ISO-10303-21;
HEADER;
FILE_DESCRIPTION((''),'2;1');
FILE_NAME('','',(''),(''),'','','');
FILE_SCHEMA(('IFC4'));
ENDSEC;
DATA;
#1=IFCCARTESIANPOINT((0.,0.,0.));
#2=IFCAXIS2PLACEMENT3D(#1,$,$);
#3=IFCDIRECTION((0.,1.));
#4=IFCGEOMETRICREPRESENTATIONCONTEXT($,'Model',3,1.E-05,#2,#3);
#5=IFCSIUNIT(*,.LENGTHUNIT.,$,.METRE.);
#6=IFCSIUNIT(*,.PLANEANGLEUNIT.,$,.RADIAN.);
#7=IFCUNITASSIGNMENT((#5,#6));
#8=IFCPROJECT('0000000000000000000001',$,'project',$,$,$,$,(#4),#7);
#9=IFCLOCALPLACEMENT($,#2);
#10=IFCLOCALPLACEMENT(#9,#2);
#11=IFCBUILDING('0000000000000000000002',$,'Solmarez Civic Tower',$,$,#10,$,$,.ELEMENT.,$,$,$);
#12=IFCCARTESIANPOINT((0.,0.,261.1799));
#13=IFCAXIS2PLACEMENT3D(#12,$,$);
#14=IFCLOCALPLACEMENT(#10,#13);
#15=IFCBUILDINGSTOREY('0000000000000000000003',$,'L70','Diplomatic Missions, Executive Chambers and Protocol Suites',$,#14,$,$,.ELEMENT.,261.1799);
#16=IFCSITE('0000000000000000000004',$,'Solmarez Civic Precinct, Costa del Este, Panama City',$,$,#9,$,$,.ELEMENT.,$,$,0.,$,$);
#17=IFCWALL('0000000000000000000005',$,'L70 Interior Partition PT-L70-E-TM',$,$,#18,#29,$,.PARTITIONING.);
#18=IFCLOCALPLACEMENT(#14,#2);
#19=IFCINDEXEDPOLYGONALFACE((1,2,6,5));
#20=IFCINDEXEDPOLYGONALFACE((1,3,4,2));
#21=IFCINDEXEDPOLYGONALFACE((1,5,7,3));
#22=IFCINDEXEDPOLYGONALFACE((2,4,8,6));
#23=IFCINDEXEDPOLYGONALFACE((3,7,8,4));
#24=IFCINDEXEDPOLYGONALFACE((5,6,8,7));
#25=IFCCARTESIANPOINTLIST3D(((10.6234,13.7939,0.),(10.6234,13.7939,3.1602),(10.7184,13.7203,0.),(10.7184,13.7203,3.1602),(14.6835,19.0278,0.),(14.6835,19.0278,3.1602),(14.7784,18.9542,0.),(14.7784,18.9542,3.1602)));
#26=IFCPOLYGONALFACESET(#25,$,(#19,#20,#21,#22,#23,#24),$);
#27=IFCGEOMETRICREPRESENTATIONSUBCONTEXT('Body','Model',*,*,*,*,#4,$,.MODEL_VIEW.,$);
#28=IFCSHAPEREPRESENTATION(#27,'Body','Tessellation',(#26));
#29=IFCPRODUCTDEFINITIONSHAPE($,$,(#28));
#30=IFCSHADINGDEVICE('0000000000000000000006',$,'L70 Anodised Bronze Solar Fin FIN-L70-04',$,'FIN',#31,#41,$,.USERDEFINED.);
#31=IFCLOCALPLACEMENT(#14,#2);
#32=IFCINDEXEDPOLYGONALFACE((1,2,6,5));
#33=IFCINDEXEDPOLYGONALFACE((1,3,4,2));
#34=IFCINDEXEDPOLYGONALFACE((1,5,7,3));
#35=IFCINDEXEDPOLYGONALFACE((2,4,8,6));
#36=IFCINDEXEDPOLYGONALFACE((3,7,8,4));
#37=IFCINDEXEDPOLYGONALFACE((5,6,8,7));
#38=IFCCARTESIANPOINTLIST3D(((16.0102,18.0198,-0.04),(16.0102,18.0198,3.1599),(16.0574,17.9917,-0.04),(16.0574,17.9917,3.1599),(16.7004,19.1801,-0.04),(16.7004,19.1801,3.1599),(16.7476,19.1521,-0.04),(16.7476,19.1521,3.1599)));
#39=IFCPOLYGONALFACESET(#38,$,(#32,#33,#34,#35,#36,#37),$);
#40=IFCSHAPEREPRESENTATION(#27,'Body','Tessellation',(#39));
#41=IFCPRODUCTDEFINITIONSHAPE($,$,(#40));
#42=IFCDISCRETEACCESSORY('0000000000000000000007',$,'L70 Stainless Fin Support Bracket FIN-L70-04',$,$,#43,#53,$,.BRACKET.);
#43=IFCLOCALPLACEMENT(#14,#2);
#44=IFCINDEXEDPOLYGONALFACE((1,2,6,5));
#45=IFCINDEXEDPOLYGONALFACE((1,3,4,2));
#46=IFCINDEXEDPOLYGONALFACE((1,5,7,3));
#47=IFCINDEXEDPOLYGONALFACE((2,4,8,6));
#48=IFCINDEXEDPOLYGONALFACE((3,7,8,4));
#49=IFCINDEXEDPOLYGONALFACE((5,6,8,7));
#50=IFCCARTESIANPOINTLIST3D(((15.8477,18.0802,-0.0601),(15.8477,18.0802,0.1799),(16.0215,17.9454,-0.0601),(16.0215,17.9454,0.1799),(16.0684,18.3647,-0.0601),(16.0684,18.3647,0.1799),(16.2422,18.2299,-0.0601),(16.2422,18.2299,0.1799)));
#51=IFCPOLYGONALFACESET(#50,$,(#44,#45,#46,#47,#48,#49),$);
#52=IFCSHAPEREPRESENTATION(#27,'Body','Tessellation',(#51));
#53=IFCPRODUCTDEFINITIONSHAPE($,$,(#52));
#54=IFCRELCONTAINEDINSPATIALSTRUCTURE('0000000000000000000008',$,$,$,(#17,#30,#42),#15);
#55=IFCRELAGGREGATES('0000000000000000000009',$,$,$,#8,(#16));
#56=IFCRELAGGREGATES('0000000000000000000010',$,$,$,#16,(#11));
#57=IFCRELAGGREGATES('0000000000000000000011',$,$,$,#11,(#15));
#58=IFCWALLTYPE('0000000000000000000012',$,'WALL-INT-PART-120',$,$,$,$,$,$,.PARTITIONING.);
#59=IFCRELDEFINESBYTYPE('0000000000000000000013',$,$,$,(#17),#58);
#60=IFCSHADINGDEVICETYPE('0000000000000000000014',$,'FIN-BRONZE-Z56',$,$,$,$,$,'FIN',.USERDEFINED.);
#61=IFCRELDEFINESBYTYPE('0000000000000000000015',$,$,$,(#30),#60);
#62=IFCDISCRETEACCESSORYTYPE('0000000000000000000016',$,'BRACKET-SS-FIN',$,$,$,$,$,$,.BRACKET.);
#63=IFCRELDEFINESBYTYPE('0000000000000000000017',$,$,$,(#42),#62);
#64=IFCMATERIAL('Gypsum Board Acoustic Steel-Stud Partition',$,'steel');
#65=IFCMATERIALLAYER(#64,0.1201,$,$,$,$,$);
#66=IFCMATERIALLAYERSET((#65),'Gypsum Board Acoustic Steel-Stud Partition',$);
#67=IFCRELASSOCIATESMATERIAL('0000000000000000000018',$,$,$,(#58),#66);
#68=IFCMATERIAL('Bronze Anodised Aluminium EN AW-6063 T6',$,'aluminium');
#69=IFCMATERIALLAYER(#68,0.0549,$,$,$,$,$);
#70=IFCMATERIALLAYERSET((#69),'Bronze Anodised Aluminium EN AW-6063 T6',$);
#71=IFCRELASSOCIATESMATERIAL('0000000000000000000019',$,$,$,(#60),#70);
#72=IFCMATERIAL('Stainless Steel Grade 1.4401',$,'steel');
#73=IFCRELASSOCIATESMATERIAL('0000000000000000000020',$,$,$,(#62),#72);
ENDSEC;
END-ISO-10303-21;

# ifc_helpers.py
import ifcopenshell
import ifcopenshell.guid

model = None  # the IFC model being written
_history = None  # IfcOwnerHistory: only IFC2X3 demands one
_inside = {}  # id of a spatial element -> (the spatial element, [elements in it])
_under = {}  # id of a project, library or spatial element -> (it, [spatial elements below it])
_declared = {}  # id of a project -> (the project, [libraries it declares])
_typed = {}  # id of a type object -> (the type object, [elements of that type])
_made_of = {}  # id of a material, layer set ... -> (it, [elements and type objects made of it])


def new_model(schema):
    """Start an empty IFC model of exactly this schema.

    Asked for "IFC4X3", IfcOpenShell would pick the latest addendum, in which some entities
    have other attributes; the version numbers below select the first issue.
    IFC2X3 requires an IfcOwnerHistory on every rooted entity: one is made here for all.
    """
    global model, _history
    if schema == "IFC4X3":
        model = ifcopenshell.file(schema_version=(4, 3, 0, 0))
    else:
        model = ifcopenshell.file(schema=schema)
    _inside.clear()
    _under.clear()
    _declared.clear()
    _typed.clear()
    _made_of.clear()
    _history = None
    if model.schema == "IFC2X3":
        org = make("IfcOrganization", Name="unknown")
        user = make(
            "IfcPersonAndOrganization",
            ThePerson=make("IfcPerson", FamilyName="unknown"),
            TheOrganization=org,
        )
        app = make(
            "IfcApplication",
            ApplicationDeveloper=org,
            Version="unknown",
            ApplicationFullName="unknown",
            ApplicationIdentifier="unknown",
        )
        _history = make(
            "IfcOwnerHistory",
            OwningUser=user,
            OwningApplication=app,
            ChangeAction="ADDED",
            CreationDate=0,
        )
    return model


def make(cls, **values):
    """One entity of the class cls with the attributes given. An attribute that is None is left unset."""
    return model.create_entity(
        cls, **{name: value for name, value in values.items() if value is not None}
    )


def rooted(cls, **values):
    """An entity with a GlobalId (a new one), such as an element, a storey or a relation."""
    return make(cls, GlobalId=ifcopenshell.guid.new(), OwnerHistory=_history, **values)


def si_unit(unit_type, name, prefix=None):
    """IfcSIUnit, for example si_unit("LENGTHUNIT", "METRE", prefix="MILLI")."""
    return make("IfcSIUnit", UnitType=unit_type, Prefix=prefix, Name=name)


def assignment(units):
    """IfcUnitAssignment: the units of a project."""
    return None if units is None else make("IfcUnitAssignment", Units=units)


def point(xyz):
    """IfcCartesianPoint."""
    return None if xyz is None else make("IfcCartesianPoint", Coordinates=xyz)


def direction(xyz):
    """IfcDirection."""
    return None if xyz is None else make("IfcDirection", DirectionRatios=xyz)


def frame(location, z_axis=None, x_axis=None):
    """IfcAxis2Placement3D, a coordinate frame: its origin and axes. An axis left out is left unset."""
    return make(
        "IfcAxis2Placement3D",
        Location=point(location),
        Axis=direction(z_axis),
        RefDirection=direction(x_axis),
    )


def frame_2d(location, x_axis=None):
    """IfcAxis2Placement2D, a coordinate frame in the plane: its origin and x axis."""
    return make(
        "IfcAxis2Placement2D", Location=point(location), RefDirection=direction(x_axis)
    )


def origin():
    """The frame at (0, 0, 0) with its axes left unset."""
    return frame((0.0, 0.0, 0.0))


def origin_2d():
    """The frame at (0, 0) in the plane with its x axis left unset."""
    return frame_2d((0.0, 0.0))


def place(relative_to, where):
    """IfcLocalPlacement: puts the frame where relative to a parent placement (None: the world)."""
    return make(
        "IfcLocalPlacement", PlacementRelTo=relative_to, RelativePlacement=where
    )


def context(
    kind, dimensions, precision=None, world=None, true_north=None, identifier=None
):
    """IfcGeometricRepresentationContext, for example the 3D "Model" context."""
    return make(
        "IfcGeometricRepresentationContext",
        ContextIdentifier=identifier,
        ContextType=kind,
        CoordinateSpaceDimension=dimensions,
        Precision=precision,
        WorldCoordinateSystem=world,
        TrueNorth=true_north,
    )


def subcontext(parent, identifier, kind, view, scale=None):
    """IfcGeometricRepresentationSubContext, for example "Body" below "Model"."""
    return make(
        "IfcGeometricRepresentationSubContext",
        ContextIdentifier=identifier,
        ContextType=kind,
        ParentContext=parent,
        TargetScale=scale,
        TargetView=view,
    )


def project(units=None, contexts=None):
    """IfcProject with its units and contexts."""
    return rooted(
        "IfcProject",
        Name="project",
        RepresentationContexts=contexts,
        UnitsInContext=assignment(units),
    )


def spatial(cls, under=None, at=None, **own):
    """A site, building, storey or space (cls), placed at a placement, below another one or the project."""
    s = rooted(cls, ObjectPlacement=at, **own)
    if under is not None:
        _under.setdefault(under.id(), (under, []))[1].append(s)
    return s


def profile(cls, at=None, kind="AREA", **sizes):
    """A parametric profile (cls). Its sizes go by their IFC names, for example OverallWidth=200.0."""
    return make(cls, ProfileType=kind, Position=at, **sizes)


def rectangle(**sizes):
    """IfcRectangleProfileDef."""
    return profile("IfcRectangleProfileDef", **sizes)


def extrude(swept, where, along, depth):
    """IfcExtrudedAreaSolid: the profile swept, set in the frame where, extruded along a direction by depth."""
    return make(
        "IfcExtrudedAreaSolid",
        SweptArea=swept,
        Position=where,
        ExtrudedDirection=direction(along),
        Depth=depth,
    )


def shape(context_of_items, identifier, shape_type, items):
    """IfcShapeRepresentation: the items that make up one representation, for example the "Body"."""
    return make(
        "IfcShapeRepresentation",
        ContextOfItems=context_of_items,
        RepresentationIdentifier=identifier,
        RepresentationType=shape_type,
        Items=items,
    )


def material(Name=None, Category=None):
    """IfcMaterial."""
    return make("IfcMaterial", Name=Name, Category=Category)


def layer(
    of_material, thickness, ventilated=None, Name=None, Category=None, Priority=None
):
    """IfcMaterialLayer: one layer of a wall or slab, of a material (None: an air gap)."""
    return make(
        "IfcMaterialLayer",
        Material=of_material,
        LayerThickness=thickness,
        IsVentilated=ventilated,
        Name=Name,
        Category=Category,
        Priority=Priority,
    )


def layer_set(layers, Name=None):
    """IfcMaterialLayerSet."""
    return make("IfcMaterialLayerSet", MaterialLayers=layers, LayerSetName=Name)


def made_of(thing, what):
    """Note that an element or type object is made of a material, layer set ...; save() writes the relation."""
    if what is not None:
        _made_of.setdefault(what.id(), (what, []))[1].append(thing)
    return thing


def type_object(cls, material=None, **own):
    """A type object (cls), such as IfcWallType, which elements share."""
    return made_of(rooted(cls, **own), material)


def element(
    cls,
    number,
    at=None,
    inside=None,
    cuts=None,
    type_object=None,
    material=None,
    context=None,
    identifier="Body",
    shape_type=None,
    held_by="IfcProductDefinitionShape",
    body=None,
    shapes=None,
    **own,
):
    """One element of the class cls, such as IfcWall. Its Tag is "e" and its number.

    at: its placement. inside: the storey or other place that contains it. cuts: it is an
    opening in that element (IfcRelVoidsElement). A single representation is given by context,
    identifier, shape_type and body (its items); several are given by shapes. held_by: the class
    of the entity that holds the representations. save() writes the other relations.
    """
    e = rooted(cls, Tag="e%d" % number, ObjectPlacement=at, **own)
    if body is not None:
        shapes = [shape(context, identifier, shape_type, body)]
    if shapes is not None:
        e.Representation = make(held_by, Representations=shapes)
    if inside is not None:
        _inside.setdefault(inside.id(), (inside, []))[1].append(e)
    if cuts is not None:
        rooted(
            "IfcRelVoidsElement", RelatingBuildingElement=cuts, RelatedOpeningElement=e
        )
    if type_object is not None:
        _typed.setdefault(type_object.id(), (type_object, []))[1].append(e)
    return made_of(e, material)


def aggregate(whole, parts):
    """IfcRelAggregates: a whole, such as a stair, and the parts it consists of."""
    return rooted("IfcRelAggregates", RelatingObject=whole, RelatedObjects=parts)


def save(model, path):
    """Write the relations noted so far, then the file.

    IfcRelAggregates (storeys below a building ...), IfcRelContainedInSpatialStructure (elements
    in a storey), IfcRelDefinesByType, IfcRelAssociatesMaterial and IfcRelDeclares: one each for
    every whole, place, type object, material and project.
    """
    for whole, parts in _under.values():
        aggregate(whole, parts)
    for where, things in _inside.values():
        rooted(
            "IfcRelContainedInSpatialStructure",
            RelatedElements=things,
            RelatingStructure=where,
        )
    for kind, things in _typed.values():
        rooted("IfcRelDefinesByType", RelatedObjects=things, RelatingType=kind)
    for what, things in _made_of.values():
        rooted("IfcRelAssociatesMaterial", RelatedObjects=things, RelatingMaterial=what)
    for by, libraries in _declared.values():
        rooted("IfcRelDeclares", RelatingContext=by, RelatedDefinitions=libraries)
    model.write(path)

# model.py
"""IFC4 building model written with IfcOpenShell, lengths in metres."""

from ifc_helpers import new_model, si_unit, direction, frame, frame_2d, origin, origin_2d, place, context, subcontext, project, spatial, rectangle, extrude, material, layer, layer_set, type_object, element, save


model = new_model("IFC4")

# Units and contexts
model_context = context("Model", 3, precision=1e-05, world=origin(), true_north=direction((0.0, 1.0)))
body_context = subcontext(model_context, "Body", "Model", "MODEL_VIEW")
ifc_project = project(units=[si_unit("LENGTHUNIT", "METRE"), si_unit("PLANEANGLEUNIT", "RADIAN")], contexts=[model_context])

# Site, building, storey
site_placement = place(None, origin())
site = spatial("IfcSite", under=ifc_project, at=site_placement, Name="Solmarez Civic Precinct, Costa del Este, Panama City", CompositionType="ELEMENT", RefElevation=0.0)
building_placement = place(site_placement, origin())
building = spatial("IfcBuilding", under=site, at=building_placement, Name="Solmarez Civic Tower", CompositionType="ELEMENT")
storey_placement = place(building_placement, frame((0.0, 0.0, 261.1799)))
storey = spatial("IfcBuildingStorey", under=building, at=storey_placement, Name="L70", Description="Diplomatic Missions, Executive Chambers and Protocol Suites", CompositionType="ELEMENT", Elevation=261.1799)

# Shared definitions
ifc_material_1 = material(Name="Bronze Anodised Aluminium EN AW-6063 T6", Category="aluminium")

# Shared definitions
ifc_material_2 = material(Name="Gypsum Board Acoustic Steel-Stud Partition", Category="steel")
ifc_layer_1 = layer(ifc_material_2, 0.1201)
ifc_layer_set_1 = layer_set([ifc_layer_1], Name="Gypsum Board Acoustic Steel-Stud Partition")
wall_type_1 = type_object("IfcWallType", Name="WALL-INT-PART-120", PredefinedType="PARTITIONING", material=ifc_layer_set_1)

# Wall
wall_1_placement = place(storey_placement, frame((10.6709, 13.7571, 0.0), z_axis=(0.0, 0.0, 1.0), x_axis=(0.61293, 0.790137, 0.0)))
element("IfcWall", 1, at=wall_1_placement, inside=storey, type_object=wall_type_1, Name="L70 Interior Partition PT-L70-E-TM", PredefinedType="PARTITIONING", context=body_context, shape_type="SweptSolid", body=[
    extrude(rectangle(XDim=6.624, YDim=0.1201, at=frame_2d((3.312, 0.0))), origin(), (0.0, 0.0, 1.0), 3.1602),
])

# Shading device
ifc_layer_2 = layer(ifc_material_1, 0.0549)
ifc_layer_set_2 = layer_set([ifc_layer_2], Name="Bronze Anodised Aluminium EN AW-6063 T6")
shading_device_type = type_object("IfcShadingDeviceType", Name="FIN-BRONZE-Z56", ElementType="FIN", PredefinedType="USERDEFINED", material=ifc_layer_set_2)
shading_device_placement = place(storey_placement, frame((16.3789, 18.5859, -0.04), z_axis=(0.0, 0.0, 1.0), x_axis=(0.511233, 0.859442, 0.0)))
element("IfcShadingDevice", 2, at=shading_device_placement, inside=storey, type_object=shading_device_type, Name="L70 Anodised Bronze Solar Fin FIN-L70-04", ObjectType="FIN", PredefinedType="USERDEFINED", context=body_context, shape_type="SweptSolid", body=[
    extrude(rectangle(XDim=1.3501, YDim=0.0549, at=origin_2d()), origin(), (0.0, 0.0, 1.0), 3.2),
])

# Discrete accessory
ifc_material_3 = material(Name="Stainless Steel Grade 1.4401", Category="steel")
discrete_accessory_type = type_object("IfcDiscreteAccessoryType", Name="BRACKET-SS-FIN", PredefinedType="BRACKET", material=ifc_material_3)
discrete_accessory_placement = place(storey_placement, frame((16.0449, 18.155, -0.0601), z_axis=(0.0, 0.0, 1.0), x_axis=(0.612984, 0.790095, 0.0)))
element("IfcDiscreteAccessory", 3, at=discrete_accessory_placement, inside=storey, type_object=discrete_accessory_type, Name="L70 Stainless Fin Support Bracket FIN-L70-04", PredefinedType="BRACKET", context=body_context, shape_type="SweptSolid", body=[
    extrude(rectangle(XDim=0.3601, YDim=0.22, at=origin_2d()), origin(), (0.0, 0.0, 1.0), 0.24),
])

save(model, "model.ifc")
